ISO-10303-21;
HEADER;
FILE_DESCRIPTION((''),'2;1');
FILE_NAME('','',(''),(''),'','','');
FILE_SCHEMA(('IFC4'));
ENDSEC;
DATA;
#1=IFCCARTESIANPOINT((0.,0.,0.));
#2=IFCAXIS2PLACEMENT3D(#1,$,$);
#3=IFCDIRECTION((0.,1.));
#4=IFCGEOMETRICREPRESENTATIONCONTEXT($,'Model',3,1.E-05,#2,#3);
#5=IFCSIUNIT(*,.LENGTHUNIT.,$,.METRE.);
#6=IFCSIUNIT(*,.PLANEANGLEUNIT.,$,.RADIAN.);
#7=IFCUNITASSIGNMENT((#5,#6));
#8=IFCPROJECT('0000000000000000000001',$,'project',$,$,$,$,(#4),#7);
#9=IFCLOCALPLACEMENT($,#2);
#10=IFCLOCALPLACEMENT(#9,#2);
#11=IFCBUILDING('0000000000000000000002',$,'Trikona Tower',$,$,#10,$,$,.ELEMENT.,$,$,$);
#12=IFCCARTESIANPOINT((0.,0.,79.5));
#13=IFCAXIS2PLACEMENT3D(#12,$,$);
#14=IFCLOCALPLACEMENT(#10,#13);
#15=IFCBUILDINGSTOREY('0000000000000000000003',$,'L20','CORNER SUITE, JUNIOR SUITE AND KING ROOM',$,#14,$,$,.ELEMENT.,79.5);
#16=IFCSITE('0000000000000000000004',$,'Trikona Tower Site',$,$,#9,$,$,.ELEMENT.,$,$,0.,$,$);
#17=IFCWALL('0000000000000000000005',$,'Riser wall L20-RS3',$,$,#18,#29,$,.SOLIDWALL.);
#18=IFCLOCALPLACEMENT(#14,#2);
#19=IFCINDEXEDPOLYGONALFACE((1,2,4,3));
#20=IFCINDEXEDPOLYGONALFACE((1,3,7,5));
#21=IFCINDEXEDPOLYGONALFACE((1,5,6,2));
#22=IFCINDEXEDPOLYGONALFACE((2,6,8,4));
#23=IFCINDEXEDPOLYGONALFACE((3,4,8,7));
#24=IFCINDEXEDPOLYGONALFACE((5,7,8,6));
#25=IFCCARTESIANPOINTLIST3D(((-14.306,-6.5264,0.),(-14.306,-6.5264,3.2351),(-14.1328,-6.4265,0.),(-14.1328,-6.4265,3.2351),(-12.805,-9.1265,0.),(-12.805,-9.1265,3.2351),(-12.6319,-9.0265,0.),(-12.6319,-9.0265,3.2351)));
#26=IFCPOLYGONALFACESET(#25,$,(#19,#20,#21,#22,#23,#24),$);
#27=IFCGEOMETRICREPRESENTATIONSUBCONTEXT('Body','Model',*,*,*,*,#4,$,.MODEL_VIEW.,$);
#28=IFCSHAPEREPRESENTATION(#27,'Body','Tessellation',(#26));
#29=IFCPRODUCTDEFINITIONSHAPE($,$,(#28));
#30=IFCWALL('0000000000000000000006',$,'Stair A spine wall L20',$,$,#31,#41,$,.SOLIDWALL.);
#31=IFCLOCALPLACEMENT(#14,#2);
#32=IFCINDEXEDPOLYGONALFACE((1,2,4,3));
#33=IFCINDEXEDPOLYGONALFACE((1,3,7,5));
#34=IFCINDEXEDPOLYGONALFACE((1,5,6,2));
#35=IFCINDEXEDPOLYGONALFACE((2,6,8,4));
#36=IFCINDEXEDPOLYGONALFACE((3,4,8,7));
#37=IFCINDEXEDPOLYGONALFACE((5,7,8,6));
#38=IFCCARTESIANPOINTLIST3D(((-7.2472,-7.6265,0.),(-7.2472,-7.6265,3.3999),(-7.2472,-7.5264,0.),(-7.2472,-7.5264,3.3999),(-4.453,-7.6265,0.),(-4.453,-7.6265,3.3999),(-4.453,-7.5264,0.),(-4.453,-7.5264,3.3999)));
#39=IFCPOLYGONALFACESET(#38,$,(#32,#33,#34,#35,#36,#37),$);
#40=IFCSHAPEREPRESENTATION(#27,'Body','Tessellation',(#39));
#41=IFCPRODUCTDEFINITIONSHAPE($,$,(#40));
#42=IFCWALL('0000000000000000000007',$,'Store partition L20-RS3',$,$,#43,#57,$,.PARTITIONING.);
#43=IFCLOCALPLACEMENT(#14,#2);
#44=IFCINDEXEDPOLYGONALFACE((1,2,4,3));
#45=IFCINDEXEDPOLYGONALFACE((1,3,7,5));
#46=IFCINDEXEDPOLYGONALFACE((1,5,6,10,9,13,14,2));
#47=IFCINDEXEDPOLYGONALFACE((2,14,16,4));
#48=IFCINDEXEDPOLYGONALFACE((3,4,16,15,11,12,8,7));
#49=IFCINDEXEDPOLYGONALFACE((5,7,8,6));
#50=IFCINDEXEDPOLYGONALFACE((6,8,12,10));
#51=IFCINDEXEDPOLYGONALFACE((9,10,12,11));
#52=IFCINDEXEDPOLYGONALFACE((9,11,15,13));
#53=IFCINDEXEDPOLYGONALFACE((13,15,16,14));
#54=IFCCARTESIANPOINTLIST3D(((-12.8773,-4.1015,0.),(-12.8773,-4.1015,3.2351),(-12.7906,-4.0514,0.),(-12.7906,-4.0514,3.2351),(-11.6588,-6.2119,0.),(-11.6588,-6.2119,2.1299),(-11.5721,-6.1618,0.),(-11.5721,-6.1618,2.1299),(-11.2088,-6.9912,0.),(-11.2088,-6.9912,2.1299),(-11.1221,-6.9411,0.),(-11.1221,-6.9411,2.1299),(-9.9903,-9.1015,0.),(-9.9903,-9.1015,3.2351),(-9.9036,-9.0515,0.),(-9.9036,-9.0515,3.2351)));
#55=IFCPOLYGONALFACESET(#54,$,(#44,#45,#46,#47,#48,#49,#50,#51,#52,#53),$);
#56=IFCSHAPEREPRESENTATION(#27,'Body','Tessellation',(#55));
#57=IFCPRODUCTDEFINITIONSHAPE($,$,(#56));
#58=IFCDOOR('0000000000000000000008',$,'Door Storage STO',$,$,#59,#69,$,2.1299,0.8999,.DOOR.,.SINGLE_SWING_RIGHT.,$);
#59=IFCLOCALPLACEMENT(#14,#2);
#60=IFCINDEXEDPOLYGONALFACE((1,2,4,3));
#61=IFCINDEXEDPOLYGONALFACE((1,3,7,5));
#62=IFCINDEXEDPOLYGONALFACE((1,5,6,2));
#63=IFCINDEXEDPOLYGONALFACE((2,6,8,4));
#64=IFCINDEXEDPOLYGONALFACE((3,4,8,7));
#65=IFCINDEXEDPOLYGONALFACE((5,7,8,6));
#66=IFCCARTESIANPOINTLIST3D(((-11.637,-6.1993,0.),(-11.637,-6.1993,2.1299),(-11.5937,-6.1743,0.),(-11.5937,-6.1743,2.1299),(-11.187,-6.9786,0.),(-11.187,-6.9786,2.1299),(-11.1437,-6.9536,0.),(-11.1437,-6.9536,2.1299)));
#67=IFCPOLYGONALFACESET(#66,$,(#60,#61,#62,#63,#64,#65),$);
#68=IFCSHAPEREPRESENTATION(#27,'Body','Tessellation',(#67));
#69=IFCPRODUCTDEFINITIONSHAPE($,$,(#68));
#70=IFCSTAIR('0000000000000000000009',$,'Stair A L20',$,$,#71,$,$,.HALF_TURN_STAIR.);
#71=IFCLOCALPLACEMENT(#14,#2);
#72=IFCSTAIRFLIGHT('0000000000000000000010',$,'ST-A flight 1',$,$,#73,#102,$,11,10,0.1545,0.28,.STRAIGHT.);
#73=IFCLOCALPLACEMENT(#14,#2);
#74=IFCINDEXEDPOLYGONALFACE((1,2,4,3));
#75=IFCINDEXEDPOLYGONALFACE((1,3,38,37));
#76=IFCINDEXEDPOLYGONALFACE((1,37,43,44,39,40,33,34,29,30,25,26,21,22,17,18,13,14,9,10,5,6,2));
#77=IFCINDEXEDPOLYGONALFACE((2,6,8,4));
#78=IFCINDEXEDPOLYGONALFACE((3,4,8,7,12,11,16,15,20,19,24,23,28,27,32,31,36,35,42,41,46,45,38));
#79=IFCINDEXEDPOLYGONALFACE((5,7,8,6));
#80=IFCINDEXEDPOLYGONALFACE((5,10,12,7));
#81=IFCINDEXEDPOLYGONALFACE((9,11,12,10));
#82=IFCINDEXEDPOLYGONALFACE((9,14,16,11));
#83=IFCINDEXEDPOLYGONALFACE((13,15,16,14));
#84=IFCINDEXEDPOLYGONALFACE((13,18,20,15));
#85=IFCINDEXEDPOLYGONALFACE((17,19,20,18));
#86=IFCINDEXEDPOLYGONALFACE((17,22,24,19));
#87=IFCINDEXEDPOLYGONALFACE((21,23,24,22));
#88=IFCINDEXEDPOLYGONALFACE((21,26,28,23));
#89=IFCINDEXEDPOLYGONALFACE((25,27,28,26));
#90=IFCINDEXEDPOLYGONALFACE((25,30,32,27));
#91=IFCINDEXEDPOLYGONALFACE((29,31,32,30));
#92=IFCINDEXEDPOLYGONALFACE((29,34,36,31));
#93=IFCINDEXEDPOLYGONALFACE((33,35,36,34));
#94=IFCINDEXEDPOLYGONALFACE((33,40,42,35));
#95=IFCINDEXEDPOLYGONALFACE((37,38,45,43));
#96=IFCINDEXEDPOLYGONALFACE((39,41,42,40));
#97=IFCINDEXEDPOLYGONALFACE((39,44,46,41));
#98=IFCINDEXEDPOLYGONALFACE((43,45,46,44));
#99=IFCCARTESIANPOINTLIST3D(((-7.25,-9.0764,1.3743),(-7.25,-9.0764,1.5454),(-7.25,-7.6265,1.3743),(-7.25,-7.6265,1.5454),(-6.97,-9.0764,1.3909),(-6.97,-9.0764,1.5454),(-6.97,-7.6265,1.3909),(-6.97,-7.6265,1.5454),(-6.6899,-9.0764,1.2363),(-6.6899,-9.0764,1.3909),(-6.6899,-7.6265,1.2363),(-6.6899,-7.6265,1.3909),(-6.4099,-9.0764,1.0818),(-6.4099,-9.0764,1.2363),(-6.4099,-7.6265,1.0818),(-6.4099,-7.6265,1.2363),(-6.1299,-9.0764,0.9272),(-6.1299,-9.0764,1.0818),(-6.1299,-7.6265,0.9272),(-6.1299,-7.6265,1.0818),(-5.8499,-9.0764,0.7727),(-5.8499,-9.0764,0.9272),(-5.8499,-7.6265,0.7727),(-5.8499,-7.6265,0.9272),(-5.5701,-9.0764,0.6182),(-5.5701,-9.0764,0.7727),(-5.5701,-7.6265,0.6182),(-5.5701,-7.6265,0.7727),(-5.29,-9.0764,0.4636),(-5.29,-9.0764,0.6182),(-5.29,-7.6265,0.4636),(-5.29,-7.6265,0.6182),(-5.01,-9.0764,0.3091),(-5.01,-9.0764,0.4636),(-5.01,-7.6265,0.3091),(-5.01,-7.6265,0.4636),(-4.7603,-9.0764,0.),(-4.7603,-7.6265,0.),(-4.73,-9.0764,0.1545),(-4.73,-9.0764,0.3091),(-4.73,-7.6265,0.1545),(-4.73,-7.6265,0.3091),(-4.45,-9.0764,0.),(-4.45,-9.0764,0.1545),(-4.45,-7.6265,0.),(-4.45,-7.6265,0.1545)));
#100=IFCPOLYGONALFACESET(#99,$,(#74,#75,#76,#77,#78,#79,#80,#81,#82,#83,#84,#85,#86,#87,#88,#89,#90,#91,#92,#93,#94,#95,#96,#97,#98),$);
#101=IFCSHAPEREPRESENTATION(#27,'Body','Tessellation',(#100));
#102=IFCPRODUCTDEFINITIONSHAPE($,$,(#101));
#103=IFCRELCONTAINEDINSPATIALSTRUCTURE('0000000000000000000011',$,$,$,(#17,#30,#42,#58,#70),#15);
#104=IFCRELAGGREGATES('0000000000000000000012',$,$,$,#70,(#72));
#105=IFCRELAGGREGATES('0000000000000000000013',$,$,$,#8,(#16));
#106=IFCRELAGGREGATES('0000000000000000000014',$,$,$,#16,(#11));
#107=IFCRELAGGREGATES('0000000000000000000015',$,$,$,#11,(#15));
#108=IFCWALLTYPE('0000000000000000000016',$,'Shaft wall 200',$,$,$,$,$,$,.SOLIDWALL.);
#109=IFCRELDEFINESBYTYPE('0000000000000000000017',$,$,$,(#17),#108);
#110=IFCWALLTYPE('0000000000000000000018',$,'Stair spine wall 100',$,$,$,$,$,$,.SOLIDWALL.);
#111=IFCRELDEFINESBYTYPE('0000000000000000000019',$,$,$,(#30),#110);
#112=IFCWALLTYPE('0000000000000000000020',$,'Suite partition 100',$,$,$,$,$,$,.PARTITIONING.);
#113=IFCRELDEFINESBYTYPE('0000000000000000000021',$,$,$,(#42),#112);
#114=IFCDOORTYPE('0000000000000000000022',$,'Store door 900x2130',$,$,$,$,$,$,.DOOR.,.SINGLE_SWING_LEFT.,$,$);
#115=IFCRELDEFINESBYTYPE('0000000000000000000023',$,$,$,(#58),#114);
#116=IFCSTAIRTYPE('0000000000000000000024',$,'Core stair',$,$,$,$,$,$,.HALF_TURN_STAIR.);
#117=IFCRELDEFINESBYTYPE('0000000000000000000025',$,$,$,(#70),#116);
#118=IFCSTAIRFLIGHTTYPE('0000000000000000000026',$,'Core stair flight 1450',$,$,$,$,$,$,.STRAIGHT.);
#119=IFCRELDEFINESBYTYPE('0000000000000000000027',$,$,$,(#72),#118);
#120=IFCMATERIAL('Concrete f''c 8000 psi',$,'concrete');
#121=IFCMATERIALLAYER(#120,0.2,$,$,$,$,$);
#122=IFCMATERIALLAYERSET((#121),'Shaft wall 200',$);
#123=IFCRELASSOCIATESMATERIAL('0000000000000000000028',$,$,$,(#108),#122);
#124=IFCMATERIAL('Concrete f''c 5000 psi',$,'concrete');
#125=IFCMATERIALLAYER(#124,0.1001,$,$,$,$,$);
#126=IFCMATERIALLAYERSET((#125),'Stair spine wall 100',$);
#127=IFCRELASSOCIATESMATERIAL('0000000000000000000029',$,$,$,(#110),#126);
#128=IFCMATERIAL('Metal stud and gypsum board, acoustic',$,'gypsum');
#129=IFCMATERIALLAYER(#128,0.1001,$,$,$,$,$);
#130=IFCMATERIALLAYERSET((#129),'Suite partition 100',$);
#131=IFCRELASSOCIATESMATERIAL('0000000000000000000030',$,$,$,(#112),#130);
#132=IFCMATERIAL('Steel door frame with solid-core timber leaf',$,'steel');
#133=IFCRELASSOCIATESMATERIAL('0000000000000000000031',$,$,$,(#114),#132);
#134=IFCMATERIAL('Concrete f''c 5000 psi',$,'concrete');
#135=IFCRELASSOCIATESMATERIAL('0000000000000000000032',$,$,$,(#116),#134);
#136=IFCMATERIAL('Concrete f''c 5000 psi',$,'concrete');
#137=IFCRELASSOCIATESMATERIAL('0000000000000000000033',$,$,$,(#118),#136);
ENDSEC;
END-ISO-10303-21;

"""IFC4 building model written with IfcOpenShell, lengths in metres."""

from ifc_helpers import new_model, si_unit, direction, frame, frame_2d, origin, place, context, subcontext, project, spatial, polyline, rectangle, outline, extrude, material, layer, layer_set, type_object, element, fill, aggregate, save


model = new_model("IFC4")

# Units and contexts
model_context = context("Model", 3, precision=1e-05, world=origin(), true_north=direction((0.0, 1.0)))
body_context = subcontext(model_context, "Body", "Model", "MODEL_VIEW")
ifc_project = project(units=[si_unit("LENGTHUNIT", "METRE"), si_unit("PLANEANGLEUNIT", "RADIAN")], contexts=[model_context])

# Site, building, storey
site_placement = place(None, origin())
site = spatial("IfcSite", under=ifc_project, at=site_placement, Name="Trikona Tower Site", CompositionType="ELEMENT", RefElevation=0.0)
building_placement = place(site_placement, origin())
building = spatial("IfcBuilding", under=site, at=building_placement, Name="Trikona Tower", CompositionType="ELEMENT")
storey_placement = place(building_placement, frame((0.0, 0.0, 79.5)))
storey = spatial("IfcBuildingStorey", under=building, at=storey_placement, Name="L20", Description="CORNER SUITE, JUNIOR SUITE AND KING ROOM", CompositionType="ELEMENT", Elevation=79.5)

# Walls
ifc_material_1 = material(Name="Concrete f'c 8000 psi", Category="concrete")
ifc_layer_1 = layer(ifc_material_1, 0.2)
ifc_layer_set_1 = layer_set([ifc_layer_1], Name="Shaft wall 200")
wall_type_1 = type_object("IfcWallType", Name="Shaft wall 200", PredefinedType="SOLIDWALL", material=ifc_layer_set_1)
wall_1_placement = place(storey_placement, frame((-12.7185, -9.0764, 0.0), z_axis=(0.0, 0.0, 1.0), x_axis=(-0.499952, 0.866053, 0.0)))
element("IfcWall", 1, at=wall_1_placement, inside=storey, type_object=wall_type_1, Name="Riser wall L20-RS3", PredefinedType="SOLIDWALL", context=body_context, shape_type="SweptSolid", body=[
    extrude(rectangle(XDim=3.0022, YDim=0.2, at=frame_2d((1.501, 0.0))), origin(), (0.0, 0.0, 1.0), 3.2351),
])
ifc_material_2 = material(Name="Concrete f'c 5000 psi", Category="concrete")
ifc_layer_2 = layer(ifc_material_2, 0.1001)
ifc_layer_set_2 = layer_set([ifc_layer_2], Name="Stair spine wall 100")
wall_type_2 = type_object("IfcWallType", Name="Stair spine wall 100", PredefinedType="SOLIDWALL", material=ifc_layer_set_2)
wall_2_placement = place(storey_placement, frame((-7.2471, -7.5764, 0.0), z_axis=(0.0, 0.0, 1.0), x_axis=(1.0, 0.0, 0.0)))
element("IfcWall", 2, at=wall_2_placement, inside=storey, type_object=wall_type_2, Name="Stair A spine wall L20", PredefinedType="SOLIDWALL", context=body_context, shape_type="SweptSolid", body=[
    extrude(rectangle(XDim=2.7942, YDim=0.1001, at=frame_2d((1.397, 0.0))), origin(), (0.0, 0.0, 1.0), 3.3999),
])

# Wall, opening, door
ifc_material_3 = material(Name="Metal stud and gypsum board, acoustic", Category="gypsum")
ifc_layer_3 = layer(ifc_material_3, 0.1001)
ifc_layer_set_3 = layer_set([ifc_layer_3], Name="Suite partition 100")
wall_type_3 = type_object("IfcWallType", Name="Suite partition 100", PredefinedType="PARTITIONING", material=ifc_layer_set_3)
wall_3_placement = place(storey_placement, frame((-9.947, -9.0764, 0.0), z_axis=(0.0, 0.0, 1.0), x_axis=(-0.500027, 0.86601, 0.0)))
wall_3 = element("IfcWall", 3, at=wall_3_placement, inside=storey, type_object=wall_type_3, Name="Store partition L20-RS3", PredefinedType="PARTITIONING", context=body_context, shape_type="SweptSolid", body=[
    extrude(rectangle(XDim=5.7737, YDim=0.1001, at=frame_2d((2.8867, 0.0))), origin(), (0.0, 0.0, 1.0), 3.2351),
])
opening_1_placement = place(wall_3_placement, frame((2.4368, 0.0, 0.0)))
opening_1 = element("IfcOpeningElement", 4, at=opening_1_placement, cuts=wall_3, PredefinedType="OPENING", context=body_context, shape_type="SweptSolid", body=[
    extrude(rectangle(XDim=0.8999, YDim=2.1299, at=frame_2d((0.45, 1.0649))), frame((0.0, 0.0601, 0.0), z_axis=(0.0, -1.0, 0.0), x_axis=(1.0, 0.0, 0.0)), (0.0, 0.0, 1.0), 0.1201),
])
ifc_material_4 = material(Name="Steel door frame with solid-core timber leaf", Category="steel")
door_type_1 = type_object("IfcDoorType", Name="Store door 900x2130", OperationType="SINGLE_SWING_LEFT", PredefinedType="DOOR", material=ifc_material_4)
door_1_placement = place(opening_1_placement, origin())
door_1 = element("IfcDoor", 5, at=door_1_placement, inside=storey, type_object=door_type_1, Name="Door Storage STO", OperationType="SINGLE_SWING_RIGHT", OverallHeight=2.1299, OverallWidth=0.8999, PredefinedType="DOOR", context=body_context, shape_type="SweptSolid", body=[
    extrude(rectangle(XDim=0.8999, YDim=2.1299, at=frame_2d((0.45, 1.0649))), frame((0.0, 0.0249, 0.0), z_axis=(0.0, -1.0, 0.0), x_axis=(1.0, 0.0, 0.0)), (0.0, 0.0, 1.0), 0.05),
])
fill(opening_1, door_1)

# Stair, stair flight
ifc_material_5 = material(Name="Concrete f'c 5000 psi", Category="concrete")
stair_type = type_object("IfcStairType", Name="Core stair", PredefinedType="HALF_TURN_STAIR", material=ifc_material_5)
stair_placement = place(storey_placement, origin())
stair = element("IfcStair", 6, at=stair_placement, inside=storey, type_object=stair_type, Name="Stair A L20", PredefinedType="HALF_TURN_STAIR")
ifc_material_6 = material(Name="Concrete f'c 5000 psi", Category="concrete")
stair_flight_type = type_object("IfcStairFlightType", Name="Core stair flight 1450", PredefinedType="STRAIGHT", material=ifc_material_6)
stair_flight_placement = place(storey_placement, frame((-4.45, -8.3513, 0.0), z_axis=(0.0, 0.0, 1.0), x_axis=(-1.0, 0.0, 0.0)))
stair_flight = element("IfcStairFlight", 7, at=stair_flight_placement, type_object=stair_flight_type, Name="ST-A flight 1", NumberOfRisers=11, NumberOfTreads=10, PredefinedType="STRAIGHT", RiserHeight=0.1545, TreadLength=0.28, context=body_context, shape_type="SweptSolid", body=[
    extrude(outline(polyline([(0.0, 0.0), (0.0, 0.1545), (0.28, 0.1545), (0.28, 0.3091), (0.5601, 0.3091), (0.5601, 0.4636), (0.8401, 0.4636), (0.8401, 0.6182), (1.1201, 0.6182), (1.1201, 0.7727), (1.3999, 0.7727), (1.3999, 0.9272), (1.6799, 0.9272), (1.6799, 1.0818), (1.96, 1.0818), (1.96, 1.2363), (2.24, 1.2363), (2.24, 1.3909), (2.52, 1.3909), (2.52, 1.5454), (2.8, 1.5454), (2.8, 1.7), (2.8, 1.3743), (0.3103, 0.0), (0.0, 0.0)])), frame((0.0, 0.7251, 0.0), z_axis=(0.0, -1.0, 0.0), x_axis=(1.0, 0.0, 0.0)), (0.0, 0.0, 1.0), 1.45),
])
aggregate(stair, [stair_flight])

save(model, "model.ifc")
